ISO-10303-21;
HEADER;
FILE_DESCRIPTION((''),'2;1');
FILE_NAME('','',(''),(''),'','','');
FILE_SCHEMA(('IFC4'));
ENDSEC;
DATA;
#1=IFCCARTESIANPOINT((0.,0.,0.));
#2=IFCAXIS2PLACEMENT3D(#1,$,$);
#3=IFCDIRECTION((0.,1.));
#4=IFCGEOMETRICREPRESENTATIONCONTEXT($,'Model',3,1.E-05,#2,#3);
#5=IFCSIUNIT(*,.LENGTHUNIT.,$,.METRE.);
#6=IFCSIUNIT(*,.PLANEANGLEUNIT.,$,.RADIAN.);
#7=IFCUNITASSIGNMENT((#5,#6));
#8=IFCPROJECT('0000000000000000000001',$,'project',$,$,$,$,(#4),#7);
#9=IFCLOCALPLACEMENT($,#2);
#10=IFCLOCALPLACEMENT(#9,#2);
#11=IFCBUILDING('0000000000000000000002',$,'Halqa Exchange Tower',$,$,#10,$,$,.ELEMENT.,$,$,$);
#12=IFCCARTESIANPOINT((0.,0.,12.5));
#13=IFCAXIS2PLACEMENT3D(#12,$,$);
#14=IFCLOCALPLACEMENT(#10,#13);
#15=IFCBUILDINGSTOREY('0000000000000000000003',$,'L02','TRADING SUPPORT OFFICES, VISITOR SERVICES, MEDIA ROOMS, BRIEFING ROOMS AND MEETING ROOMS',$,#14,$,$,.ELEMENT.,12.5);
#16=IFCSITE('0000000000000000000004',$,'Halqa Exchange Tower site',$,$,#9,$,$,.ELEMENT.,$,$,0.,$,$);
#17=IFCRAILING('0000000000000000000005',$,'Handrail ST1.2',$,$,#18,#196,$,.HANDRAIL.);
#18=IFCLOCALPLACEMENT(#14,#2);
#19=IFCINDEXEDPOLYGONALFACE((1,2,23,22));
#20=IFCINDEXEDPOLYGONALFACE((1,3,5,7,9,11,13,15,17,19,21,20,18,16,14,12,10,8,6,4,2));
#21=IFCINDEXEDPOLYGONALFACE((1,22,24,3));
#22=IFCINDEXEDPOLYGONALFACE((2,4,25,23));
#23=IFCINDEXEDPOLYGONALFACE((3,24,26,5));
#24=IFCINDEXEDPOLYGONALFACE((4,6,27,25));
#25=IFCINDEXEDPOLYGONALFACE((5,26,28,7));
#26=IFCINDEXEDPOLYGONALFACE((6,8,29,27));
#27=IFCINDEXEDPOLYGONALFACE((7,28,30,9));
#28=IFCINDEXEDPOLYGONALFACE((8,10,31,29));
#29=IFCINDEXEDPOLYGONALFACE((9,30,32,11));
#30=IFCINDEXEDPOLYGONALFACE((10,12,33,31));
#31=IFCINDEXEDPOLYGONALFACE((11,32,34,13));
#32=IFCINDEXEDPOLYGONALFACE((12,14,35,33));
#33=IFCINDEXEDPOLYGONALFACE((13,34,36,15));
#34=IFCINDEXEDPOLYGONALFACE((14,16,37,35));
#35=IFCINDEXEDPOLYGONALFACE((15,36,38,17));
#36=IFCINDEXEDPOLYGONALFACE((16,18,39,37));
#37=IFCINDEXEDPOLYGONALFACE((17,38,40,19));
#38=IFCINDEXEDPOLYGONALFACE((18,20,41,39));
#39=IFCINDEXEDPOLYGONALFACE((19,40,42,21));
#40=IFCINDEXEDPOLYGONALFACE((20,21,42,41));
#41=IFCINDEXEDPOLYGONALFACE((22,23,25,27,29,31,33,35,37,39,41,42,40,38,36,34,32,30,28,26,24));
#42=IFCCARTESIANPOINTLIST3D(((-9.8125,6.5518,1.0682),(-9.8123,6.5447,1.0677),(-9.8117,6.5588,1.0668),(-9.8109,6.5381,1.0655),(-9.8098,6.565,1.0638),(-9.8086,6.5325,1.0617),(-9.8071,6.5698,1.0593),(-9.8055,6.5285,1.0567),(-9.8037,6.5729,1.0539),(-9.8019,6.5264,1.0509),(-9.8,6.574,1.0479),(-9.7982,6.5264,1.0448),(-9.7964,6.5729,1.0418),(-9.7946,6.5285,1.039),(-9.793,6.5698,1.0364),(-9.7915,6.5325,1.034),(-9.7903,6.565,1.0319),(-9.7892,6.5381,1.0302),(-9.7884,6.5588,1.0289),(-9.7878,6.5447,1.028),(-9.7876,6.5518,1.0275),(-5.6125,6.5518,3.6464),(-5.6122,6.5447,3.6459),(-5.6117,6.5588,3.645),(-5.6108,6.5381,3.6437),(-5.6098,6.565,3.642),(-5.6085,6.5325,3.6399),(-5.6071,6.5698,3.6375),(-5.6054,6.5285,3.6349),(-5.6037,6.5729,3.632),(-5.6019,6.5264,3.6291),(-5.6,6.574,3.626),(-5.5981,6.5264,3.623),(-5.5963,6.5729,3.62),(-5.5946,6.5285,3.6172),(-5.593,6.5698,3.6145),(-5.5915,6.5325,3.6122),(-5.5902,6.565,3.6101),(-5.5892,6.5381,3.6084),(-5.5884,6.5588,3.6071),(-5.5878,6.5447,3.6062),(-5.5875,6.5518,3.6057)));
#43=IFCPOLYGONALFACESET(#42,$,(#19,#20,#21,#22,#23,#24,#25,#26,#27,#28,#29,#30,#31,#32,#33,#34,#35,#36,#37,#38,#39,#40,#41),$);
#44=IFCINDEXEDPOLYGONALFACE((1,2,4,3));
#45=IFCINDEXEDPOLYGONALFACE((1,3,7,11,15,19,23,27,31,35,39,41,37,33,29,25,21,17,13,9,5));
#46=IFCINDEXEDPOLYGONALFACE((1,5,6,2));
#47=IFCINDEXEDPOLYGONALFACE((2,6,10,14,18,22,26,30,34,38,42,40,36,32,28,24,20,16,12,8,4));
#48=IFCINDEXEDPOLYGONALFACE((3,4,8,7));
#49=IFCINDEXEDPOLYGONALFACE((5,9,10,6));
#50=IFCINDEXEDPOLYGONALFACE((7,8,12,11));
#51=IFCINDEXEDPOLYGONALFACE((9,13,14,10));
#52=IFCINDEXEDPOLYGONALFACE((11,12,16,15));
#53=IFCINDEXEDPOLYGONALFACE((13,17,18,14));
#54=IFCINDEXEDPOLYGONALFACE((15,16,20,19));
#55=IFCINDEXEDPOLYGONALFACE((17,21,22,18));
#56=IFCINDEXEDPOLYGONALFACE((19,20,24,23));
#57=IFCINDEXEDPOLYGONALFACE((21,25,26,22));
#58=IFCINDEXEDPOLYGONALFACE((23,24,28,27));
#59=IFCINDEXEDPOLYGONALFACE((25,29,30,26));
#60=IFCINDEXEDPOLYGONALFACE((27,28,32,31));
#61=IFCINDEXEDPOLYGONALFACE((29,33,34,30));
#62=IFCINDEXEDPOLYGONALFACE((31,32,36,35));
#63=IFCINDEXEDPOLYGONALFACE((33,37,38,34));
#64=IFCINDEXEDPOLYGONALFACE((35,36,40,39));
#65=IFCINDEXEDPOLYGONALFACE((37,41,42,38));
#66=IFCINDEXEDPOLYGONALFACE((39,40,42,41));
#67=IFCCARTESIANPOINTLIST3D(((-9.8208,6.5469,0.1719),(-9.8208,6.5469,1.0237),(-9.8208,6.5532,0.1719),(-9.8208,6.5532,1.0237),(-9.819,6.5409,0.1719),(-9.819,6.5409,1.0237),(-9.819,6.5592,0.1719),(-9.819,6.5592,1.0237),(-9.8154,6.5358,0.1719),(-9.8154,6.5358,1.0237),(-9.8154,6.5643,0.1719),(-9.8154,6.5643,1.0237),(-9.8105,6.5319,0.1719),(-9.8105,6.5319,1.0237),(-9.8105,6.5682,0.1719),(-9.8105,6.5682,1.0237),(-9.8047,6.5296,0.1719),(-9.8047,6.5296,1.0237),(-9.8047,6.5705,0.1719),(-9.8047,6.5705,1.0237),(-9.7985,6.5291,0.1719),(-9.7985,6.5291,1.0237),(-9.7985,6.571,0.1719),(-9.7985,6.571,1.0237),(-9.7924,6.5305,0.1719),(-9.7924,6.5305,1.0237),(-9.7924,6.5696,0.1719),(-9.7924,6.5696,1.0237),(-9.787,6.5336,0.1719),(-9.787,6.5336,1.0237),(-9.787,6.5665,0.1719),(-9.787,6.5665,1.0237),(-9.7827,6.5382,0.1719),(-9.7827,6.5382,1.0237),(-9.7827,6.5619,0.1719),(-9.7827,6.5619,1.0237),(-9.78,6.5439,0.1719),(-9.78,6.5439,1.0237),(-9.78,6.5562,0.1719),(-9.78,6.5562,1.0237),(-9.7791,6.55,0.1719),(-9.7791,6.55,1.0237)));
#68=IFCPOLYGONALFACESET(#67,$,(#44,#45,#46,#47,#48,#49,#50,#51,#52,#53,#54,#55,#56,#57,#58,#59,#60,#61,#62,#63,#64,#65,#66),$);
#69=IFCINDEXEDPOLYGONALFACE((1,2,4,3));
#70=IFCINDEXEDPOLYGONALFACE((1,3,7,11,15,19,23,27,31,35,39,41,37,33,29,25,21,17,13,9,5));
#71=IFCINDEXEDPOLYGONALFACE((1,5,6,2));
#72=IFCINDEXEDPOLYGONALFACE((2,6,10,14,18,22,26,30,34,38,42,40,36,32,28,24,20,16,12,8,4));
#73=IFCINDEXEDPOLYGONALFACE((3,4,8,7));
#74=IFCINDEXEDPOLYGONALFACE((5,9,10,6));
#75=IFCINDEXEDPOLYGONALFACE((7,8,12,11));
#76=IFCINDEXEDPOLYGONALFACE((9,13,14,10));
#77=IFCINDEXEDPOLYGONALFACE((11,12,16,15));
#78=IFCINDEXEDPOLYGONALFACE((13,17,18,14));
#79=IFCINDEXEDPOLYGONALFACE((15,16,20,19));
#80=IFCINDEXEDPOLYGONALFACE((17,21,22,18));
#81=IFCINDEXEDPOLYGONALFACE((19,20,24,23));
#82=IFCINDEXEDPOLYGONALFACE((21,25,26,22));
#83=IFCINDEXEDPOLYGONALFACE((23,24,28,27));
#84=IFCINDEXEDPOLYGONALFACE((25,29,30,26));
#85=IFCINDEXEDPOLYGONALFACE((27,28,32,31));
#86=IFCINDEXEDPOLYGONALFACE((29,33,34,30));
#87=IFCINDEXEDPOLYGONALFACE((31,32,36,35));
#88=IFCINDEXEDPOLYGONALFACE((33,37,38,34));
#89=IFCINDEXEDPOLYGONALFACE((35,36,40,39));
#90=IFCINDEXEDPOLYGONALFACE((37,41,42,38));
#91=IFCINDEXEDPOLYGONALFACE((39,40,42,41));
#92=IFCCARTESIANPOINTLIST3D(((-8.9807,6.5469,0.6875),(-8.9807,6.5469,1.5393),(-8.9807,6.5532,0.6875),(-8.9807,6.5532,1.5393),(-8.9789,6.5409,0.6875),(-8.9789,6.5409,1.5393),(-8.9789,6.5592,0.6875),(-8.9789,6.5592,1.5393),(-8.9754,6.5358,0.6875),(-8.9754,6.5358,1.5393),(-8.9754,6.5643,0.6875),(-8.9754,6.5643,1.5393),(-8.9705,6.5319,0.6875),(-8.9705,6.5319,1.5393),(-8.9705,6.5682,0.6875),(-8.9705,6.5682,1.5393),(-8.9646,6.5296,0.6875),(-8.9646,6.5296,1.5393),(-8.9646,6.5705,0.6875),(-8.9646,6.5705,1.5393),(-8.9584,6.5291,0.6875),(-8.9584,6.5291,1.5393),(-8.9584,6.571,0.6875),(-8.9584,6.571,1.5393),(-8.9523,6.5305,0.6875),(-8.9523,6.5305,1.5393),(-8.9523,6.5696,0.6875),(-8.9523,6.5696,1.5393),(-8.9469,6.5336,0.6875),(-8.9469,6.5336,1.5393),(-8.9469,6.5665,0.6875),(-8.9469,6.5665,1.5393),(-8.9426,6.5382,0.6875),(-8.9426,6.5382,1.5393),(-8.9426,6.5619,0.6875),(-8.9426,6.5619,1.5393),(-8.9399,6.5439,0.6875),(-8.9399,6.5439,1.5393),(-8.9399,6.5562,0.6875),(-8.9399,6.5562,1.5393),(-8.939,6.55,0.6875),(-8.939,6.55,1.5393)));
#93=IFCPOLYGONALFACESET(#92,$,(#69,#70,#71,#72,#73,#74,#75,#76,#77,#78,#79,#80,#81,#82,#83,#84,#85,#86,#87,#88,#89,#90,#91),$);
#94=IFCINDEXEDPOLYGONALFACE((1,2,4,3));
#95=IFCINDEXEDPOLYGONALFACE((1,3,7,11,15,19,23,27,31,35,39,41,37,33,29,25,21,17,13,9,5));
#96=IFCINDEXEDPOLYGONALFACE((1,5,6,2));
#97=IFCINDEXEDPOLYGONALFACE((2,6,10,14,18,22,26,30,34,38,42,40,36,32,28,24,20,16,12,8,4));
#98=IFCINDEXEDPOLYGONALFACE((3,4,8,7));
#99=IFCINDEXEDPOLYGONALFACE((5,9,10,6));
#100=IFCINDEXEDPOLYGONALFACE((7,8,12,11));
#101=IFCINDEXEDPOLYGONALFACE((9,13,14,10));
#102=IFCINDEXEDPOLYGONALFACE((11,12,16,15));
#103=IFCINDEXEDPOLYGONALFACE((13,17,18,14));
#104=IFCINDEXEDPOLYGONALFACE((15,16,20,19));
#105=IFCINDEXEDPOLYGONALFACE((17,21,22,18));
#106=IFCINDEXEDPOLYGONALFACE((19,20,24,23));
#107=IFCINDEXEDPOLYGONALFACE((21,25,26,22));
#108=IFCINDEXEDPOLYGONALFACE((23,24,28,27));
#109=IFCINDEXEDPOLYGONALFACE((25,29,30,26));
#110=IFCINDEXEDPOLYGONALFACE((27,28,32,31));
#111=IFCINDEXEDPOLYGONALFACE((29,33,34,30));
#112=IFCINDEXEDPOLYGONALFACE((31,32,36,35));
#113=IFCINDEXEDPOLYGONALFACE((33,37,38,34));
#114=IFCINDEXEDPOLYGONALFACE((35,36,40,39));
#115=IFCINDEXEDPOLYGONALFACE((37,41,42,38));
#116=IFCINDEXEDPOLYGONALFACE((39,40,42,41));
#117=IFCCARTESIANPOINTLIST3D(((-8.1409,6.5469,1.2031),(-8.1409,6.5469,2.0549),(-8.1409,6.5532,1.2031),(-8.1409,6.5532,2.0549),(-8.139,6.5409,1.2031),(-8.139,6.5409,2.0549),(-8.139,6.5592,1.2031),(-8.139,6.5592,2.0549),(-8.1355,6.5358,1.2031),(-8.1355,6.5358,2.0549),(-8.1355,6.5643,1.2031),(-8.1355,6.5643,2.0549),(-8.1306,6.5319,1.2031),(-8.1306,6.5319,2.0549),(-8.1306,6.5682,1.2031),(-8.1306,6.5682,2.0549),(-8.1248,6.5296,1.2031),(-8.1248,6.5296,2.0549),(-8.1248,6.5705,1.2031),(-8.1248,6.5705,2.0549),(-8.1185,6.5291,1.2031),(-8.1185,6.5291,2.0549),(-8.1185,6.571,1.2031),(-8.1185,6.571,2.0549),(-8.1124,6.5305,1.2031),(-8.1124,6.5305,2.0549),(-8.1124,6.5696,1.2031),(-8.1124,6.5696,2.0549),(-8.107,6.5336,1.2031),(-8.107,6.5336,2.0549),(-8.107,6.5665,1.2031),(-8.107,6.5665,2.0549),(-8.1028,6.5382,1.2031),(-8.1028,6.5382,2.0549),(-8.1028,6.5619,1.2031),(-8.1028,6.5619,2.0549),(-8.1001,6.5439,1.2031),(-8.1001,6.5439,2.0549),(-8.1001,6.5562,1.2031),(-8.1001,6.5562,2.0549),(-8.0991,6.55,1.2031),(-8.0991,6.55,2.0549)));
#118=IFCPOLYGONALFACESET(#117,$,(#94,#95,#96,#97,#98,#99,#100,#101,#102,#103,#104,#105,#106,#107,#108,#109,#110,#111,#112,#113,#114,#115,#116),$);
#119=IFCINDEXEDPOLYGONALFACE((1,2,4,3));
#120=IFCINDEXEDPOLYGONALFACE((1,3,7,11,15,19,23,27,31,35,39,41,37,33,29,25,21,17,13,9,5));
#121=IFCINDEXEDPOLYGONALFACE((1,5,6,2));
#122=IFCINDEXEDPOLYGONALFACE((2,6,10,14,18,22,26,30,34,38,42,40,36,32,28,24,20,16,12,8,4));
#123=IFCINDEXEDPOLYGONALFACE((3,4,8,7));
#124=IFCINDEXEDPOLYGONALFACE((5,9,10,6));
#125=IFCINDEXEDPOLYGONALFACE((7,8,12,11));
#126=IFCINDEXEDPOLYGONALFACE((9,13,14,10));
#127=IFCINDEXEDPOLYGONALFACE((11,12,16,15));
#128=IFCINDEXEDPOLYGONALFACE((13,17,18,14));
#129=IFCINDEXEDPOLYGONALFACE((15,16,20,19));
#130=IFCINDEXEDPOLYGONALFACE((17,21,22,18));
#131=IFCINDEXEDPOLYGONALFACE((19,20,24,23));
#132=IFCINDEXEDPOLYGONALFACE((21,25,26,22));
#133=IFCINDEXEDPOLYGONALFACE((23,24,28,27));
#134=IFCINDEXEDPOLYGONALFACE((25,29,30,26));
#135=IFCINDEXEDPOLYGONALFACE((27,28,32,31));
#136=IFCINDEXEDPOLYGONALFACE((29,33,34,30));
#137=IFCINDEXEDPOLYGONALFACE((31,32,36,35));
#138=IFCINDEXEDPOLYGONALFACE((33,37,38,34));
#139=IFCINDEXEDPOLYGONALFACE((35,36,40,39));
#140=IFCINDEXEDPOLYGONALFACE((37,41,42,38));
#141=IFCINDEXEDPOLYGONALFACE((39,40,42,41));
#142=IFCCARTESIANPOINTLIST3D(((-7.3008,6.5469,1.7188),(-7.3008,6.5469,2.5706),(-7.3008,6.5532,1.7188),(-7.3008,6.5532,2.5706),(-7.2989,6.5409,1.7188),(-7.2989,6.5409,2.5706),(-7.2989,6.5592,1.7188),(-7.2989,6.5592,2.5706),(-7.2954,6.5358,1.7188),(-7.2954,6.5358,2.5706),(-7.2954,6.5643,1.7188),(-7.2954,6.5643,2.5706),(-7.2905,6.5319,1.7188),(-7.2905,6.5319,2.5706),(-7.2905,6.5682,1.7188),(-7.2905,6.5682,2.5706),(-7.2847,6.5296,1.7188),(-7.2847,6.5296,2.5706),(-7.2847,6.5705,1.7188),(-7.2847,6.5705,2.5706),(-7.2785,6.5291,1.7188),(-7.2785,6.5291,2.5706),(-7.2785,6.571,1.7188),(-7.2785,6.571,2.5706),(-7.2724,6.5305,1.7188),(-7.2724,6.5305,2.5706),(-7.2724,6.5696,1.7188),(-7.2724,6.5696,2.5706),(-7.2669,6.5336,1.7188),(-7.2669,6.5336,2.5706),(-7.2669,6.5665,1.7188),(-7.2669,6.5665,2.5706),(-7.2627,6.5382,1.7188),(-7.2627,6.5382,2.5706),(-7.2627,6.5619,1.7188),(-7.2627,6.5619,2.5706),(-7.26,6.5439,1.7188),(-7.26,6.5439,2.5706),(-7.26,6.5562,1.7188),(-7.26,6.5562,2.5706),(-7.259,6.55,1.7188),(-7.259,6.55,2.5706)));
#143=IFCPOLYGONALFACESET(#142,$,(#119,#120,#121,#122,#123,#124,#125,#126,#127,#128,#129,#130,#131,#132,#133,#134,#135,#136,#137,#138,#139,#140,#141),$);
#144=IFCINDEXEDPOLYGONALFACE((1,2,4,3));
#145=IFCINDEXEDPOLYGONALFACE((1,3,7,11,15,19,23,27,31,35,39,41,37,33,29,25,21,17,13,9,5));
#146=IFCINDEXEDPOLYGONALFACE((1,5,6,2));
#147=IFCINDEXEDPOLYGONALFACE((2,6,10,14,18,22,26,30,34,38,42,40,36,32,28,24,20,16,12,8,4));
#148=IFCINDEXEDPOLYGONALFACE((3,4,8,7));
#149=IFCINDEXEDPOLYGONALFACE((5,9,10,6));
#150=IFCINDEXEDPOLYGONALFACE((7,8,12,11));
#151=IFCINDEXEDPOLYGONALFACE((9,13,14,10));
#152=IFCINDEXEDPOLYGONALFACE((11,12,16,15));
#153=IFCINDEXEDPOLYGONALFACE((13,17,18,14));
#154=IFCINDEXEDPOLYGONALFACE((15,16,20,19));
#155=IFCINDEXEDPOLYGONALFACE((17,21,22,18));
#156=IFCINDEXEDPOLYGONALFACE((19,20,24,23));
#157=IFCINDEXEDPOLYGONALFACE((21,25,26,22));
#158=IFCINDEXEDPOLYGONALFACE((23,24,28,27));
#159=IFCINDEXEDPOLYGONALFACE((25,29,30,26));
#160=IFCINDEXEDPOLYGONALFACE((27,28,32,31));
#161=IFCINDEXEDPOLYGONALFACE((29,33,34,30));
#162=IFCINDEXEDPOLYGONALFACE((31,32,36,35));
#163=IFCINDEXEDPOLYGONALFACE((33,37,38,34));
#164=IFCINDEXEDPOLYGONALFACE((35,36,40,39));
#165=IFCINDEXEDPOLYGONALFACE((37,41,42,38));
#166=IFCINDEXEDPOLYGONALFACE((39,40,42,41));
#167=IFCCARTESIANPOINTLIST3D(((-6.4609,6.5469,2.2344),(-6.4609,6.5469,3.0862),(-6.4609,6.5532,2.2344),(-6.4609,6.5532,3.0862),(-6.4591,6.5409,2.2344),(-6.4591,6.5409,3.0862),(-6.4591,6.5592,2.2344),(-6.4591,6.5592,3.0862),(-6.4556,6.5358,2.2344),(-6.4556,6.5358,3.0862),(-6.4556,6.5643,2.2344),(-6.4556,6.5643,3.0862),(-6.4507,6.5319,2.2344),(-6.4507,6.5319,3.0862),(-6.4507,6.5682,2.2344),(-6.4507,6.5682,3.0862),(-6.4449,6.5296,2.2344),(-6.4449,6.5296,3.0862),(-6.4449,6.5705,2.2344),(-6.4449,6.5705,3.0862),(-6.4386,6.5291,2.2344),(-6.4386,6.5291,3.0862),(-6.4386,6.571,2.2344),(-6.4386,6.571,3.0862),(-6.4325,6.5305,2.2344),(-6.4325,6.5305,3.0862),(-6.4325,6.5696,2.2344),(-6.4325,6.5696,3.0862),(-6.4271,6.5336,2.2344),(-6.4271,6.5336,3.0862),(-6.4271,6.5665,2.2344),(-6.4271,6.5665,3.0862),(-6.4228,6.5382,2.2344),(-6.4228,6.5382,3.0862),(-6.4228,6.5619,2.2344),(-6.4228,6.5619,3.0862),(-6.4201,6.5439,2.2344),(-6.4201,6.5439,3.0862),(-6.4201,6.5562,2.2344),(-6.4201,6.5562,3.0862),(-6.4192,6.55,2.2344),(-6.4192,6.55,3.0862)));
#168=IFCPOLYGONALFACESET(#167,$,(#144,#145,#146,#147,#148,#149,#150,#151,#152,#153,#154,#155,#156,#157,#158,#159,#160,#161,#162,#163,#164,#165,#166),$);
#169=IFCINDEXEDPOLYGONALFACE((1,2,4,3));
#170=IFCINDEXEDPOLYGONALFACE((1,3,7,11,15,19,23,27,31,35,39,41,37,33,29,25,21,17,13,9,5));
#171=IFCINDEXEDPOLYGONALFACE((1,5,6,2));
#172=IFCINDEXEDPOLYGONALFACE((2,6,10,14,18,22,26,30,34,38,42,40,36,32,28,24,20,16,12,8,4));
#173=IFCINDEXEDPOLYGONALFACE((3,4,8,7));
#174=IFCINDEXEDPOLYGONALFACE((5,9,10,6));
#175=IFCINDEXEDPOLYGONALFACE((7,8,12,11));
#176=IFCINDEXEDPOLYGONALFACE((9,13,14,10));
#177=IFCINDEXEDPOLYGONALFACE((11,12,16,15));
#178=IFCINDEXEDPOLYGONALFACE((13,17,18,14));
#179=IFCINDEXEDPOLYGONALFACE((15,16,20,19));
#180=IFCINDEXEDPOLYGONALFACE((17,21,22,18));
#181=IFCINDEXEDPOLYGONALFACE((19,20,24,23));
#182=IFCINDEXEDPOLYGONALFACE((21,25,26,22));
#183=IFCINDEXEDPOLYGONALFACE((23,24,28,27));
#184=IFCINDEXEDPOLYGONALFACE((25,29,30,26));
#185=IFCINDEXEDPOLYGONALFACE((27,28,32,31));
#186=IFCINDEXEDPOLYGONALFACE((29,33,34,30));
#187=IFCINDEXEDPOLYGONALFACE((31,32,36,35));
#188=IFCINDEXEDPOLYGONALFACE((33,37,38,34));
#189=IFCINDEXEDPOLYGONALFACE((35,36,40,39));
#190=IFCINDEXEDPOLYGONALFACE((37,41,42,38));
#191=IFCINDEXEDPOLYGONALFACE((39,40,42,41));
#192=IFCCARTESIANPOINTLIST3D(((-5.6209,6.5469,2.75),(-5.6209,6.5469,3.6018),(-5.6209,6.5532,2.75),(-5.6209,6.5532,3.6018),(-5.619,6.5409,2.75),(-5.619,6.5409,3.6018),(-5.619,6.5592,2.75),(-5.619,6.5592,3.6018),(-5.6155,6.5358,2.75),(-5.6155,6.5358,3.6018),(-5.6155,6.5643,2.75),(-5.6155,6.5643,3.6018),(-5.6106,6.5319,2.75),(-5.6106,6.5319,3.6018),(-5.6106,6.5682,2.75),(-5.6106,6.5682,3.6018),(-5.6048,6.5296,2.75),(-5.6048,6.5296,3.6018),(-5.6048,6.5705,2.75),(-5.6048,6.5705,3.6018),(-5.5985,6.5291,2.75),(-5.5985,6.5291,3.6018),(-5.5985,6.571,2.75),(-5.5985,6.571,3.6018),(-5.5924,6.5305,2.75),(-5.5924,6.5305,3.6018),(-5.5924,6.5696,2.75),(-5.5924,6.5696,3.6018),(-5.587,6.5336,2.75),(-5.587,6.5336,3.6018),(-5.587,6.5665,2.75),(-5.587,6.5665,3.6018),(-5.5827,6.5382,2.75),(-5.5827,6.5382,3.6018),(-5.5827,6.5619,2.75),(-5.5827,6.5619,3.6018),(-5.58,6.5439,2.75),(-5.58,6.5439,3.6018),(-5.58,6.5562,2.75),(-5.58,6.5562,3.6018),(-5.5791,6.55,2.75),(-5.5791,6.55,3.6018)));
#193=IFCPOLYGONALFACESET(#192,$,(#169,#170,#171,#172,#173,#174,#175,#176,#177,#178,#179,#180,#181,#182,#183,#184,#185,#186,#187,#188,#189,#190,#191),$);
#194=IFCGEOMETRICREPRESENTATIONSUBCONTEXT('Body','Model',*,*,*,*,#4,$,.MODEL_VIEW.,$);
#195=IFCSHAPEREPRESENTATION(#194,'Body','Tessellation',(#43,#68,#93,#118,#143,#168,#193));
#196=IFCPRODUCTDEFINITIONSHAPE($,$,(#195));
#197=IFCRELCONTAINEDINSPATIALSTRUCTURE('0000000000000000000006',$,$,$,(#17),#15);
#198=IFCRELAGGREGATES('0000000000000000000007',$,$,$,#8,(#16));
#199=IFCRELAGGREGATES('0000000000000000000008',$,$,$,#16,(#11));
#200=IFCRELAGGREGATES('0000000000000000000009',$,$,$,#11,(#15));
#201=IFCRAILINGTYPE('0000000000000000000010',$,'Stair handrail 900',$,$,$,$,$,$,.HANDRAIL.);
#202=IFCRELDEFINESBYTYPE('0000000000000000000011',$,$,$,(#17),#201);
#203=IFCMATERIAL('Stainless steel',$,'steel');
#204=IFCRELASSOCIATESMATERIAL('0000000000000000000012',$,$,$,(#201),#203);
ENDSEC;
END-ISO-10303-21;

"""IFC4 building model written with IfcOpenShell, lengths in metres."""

from ifc_helpers import new_model, si_unit, direction, frame, origin, origin_2d, place, context, subcontext, project, spatial, circle, extrude, material, type_object, element, save


model = new_model("IFC4")

# Units and contexts
model_context = context("Model", 3, precision=1e-05, world=origin(), true_north=direction((0.0, 1.0)))
body_context = subcontext(model_context, "Body", "Model", "MODEL_VIEW")
ifc_project = project(units=[si_unit("LENGTHUNIT", "METRE"), si_unit("PLANEANGLEUNIT", "RADIAN")], contexts=[model_context])

# Site, building, storey
site_placement = place(None, origin())
site = spatial("IfcSite", under=ifc_project, at=site_placement, Name="Halqa Exchange Tower site", CompositionType="ELEMENT", RefElevation=0.0)
building_placement = place(site_placement, origin())
building = spatial("IfcBuilding", under=site, at=building_placement, Name="Halqa Exchange Tower", CompositionType="ELEMENT")
storey_placement = place(building_placement, frame((0.0, 0.0, 12.5)))
storey = spatial("IfcBuildingStorey", under=building, at=storey_placement, Name="L02", Description="TRADING SUPPORT OFFICES, VISITOR SERVICES, MEDIA ROOMS, BRIEFING ROOMS AND MEETING ROOMS", CompositionType="ELEMENT", Elevation=12.5)

# Shared definitions
ifc_material_1 = material(Name="Stainless steel", Category="steel")

# Railing
railing_type_1 = type_object("IfcRailingType", Name="Stair handrail 900", PredefinedType="HANDRAIL", material=ifc_material_1)
railing_1_placement = place(storey_placement, frame((-9.8, 6.55, 0.1719)))
element("IfcRailing", 1, at=railing_1_placement, inside=storey, type_object=railing_type_1, Name="Handrail ST1.2", PredefinedType="HANDRAIL", context=body_context, shape_type="SweptSolid", body=[
    extrude(circle(Radius=0.0239, at=origin_2d()), frame((0.0, 0.0, 0.876), z_axis=(0.852243, 0.0, 0.523146), x_axis=(0.0, 1.0, 0.0)), (0.0, 0.0, 1.0), 4.9282),
    extrude(circle(Radius=0.021, at=origin_2d()), origin(), (0.0, 0.0, 1.0), 0.8518),
    extrude(circle(Radius=0.021, at=origin_2d()), frame((0.8401, 0.0, 0.5156)), (0.0, 0.0, 1.0), 0.8518),
    extrude(circle(Radius=0.021, at=origin_2d()), frame((1.6799, 0.0, 1.0312)), (0.0, 0.0, 1.0), 0.8518),
    extrude(circle(Radius=0.021, at=origin_2d()), frame((2.52, 0.0, 1.5469)), (0.0, 0.0, 1.0), 0.8518),
    extrude(circle(Radius=0.021, at=origin_2d()), frame((3.3599, 0.0, 2.0625)), (0.0, 0.0, 1.0), 0.8518),
    extrude(circle(Radius=0.021, at=origin_2d()), frame((4.2, 0.0, 2.5781)), (0.0, 0.0, 1.0), 0.8518),
])

save(model, "model.ifc")
